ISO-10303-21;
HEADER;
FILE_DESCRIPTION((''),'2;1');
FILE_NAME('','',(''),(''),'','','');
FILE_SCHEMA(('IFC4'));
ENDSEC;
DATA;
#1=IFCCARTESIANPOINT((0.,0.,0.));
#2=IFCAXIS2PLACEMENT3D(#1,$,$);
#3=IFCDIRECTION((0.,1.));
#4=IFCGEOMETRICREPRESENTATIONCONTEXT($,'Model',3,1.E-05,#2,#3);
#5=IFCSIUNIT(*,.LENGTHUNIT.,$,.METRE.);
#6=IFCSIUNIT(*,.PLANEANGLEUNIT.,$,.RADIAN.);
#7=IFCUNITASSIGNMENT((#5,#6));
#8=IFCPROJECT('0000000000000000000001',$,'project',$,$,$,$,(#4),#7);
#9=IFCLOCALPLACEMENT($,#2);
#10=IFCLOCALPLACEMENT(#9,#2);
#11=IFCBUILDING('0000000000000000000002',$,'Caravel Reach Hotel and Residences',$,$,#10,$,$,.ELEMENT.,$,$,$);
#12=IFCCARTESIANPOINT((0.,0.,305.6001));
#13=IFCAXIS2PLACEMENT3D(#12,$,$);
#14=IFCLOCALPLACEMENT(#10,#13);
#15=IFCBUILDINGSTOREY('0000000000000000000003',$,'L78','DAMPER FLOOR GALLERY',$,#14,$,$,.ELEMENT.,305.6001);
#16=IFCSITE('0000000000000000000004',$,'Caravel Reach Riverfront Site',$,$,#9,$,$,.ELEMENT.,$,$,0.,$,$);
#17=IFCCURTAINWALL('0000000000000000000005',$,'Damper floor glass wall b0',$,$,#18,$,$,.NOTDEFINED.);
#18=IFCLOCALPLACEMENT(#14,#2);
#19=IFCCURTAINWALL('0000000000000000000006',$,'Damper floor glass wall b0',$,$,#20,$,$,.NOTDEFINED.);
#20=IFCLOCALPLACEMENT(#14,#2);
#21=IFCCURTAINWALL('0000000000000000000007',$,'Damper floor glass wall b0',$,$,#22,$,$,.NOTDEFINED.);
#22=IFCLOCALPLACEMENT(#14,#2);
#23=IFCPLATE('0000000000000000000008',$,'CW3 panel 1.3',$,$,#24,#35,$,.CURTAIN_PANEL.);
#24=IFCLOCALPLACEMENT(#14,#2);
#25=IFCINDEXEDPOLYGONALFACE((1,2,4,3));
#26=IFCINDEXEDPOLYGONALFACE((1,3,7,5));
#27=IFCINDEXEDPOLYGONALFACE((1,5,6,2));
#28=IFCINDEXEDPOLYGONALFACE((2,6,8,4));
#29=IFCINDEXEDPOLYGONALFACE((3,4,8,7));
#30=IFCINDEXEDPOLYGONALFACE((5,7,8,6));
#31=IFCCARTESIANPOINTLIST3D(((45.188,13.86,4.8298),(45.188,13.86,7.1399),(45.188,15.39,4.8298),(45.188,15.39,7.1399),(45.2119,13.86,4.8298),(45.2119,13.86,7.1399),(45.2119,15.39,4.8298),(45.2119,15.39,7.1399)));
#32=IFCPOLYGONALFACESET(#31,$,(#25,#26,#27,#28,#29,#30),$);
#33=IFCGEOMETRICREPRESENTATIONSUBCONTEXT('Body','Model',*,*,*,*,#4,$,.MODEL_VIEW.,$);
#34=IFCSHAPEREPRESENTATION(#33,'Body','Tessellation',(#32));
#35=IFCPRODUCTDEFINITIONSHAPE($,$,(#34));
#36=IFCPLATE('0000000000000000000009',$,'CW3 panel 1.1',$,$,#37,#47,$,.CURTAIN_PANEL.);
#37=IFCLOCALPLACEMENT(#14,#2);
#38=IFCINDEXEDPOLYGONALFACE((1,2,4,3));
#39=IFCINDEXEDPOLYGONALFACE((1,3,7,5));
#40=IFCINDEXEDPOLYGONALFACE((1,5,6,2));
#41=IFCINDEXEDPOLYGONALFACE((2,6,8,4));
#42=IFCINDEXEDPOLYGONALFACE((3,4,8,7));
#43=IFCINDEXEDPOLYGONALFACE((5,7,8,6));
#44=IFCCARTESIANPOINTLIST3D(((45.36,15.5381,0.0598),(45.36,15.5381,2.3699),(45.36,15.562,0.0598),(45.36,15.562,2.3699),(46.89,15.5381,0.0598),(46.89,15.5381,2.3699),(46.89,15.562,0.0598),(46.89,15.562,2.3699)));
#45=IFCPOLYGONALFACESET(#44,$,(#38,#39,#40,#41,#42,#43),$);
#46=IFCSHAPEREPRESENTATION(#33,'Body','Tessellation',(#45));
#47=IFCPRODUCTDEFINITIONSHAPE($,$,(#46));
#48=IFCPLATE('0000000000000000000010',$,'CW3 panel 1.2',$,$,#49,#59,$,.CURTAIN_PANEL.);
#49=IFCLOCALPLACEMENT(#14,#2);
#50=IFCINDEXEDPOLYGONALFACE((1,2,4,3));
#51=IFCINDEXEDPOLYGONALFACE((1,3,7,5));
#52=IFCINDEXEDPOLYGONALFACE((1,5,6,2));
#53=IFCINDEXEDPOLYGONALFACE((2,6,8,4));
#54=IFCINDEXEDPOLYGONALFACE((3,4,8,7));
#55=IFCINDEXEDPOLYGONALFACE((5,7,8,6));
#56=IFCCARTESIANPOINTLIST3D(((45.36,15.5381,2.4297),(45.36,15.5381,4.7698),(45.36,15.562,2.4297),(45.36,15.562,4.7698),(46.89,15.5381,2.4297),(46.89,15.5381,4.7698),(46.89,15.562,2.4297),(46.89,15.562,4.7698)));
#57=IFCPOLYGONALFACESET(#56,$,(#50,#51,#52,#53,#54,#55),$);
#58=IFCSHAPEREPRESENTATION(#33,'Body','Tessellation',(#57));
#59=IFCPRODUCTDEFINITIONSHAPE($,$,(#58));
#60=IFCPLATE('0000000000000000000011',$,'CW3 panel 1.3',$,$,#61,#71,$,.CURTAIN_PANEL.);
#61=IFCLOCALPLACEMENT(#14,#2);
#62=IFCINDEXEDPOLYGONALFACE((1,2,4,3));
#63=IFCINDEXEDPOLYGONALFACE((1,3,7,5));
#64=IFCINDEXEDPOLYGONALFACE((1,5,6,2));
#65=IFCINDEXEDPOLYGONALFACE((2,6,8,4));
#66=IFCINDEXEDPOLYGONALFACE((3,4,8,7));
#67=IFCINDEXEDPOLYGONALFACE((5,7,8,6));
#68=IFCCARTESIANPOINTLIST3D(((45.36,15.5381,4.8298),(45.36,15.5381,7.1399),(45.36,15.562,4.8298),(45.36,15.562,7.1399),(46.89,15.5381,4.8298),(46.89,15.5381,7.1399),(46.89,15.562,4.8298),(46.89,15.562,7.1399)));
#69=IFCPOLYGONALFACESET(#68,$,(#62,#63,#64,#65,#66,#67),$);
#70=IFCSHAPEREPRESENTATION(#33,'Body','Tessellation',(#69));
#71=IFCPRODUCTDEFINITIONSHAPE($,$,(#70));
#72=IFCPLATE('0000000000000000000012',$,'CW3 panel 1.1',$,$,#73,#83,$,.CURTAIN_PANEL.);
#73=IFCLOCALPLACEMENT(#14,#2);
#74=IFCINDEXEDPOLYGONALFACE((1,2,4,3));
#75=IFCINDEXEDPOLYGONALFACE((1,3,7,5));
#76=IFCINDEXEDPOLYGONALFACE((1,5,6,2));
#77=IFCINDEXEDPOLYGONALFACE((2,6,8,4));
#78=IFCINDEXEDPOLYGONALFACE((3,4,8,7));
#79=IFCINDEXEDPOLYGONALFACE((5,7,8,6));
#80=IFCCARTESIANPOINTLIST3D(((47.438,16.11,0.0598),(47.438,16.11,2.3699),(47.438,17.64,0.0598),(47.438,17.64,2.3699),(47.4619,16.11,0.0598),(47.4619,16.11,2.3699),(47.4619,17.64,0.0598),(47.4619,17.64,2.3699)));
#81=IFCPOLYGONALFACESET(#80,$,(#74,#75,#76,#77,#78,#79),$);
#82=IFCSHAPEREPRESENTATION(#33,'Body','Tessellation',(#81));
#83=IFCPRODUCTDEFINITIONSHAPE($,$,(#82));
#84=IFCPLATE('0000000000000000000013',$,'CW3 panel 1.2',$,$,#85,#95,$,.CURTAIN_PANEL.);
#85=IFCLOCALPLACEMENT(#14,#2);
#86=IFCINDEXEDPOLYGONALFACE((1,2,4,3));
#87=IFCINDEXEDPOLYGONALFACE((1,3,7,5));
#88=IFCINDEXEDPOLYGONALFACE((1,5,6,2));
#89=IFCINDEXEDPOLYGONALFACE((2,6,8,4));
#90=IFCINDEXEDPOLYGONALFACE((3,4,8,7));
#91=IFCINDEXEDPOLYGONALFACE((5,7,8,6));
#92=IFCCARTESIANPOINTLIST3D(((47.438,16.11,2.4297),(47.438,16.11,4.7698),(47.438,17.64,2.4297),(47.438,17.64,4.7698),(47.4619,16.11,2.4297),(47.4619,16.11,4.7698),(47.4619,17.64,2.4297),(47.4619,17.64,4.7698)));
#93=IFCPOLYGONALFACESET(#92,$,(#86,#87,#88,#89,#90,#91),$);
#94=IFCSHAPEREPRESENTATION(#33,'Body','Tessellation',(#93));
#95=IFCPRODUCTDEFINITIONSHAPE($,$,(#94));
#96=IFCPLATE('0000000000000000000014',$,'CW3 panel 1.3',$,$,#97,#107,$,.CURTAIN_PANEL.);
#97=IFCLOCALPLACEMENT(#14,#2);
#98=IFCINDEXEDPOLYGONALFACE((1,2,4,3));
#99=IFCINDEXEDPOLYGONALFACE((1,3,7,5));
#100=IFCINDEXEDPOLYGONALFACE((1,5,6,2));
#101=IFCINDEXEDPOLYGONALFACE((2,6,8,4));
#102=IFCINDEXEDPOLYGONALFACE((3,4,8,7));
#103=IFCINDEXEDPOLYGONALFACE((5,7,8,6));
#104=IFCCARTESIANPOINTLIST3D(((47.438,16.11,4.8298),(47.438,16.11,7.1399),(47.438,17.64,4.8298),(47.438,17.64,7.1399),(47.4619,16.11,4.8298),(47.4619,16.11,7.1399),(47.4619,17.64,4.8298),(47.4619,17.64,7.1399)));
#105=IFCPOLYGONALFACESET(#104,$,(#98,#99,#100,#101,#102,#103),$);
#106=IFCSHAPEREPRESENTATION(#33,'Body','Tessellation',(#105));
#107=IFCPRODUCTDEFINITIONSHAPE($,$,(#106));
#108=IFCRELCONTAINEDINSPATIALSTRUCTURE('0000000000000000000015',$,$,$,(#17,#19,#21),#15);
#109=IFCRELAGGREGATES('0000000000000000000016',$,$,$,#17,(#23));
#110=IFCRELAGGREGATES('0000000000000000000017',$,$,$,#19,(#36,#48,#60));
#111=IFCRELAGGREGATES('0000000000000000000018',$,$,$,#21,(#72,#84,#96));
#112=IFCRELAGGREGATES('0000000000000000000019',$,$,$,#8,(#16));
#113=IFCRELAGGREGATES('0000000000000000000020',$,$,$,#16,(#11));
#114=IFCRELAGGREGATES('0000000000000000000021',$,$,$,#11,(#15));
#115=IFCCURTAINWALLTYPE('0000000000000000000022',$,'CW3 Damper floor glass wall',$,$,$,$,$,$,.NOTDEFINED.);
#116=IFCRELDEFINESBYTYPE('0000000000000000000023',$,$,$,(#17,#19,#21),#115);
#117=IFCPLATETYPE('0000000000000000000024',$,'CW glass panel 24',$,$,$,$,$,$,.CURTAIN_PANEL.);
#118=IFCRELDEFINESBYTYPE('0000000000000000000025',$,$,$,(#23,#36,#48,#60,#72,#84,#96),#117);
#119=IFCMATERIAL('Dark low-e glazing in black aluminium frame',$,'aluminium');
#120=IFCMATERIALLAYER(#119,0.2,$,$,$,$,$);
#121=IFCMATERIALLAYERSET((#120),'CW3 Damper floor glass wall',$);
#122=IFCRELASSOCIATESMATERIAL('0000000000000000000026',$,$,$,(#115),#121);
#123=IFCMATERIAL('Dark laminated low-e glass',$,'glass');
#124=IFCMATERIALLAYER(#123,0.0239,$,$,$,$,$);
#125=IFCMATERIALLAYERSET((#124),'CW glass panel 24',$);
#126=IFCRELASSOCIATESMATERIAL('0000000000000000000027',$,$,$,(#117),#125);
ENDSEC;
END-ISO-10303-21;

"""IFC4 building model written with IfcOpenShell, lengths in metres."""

from ifc_helpers import new_model, si_unit, direction, frame, origin, origin_2d, place, context, subcontext, project, spatial, rectangle, extrude, material, layer, layer_set, type_object, element, aggregate, save


model = new_model("IFC4")

# Units and contexts
model_context = context("Model", 3, precision=1e-05, world=origin(), true_north=direction((0.0, 1.0)))
body_context = subcontext(model_context, "Body", "Model", "MODEL_VIEW")
ifc_project = project(units=[si_unit("LENGTHUNIT", "METRE"), si_unit("PLANEANGLEUNIT", "RADIAN")], contexts=[model_context])

# Site, building, storey
site_placement = place(None, origin())
site = spatial("IfcSite", under=ifc_project, at=site_placement, Name="Caravel Reach Riverfront Site", CompositionType="ELEMENT", RefElevation=0.0)
building_placement = place(site_placement, origin())
building = spatial("IfcBuilding", under=site, at=building_placement, Name="Caravel Reach Hotel and Residences", CompositionType="ELEMENT")
storey_placement = place(building_placement, frame((0.0, 0.0, 305.6001)))
storey = spatial("IfcBuildingStorey", under=building, at=storey_placement, Name="L78", Description="DAMPER FLOOR GALLERY", CompositionType="ELEMENT", Elevation=305.6001)

# Curtain wall
ifc_material_1 = material(Name="Dark low-e glazing in black aluminium frame", Category="aluminium")
ifc_layer_1 = layer(ifc_material_1, 0.2)
ifc_layer_set_1 = layer_set([ifc_layer_1], Name="CW3 Damper floor glass wall")
curtain_wall_type = type_object("IfcCurtainWallType", Name="CW3 Damper floor glass wall", PredefinedType="NOTDEFINED", material=ifc_layer_set_1)
curtain_wall_1_placement = place(storey_placement, origin())
curtain_wall_1 = element("IfcCurtainWall", 1, at=curtain_wall_1_placement, inside=storey, type_object=curtain_wall_type, Name="Damper floor glass wall b0", PredefinedType="NOTDEFINED")

# Curtain walls
curtain_wall_2_placement = place(storey_placement, origin())
curtain_wall_2 = element("IfcCurtainWall", 2, at=curtain_wall_2_placement, inside=storey, type_object=curtain_wall_type, Name="Damper floor glass wall b0", PredefinedType="NOTDEFINED")
curtain_wall_3_placement = place(storey_placement, origin())
curtain_wall_3 = element("IfcCurtainWall", 3, at=curtain_wall_3_placement, inside=storey, type_object=curtain_wall_type, Name="Damper floor glass wall b0", PredefinedType="NOTDEFINED")

# Plates
ifc_material_2 = material(Name="Dark laminated low-e glass", Category="glass")
ifc_layer_2 = layer(ifc_material_2, 0.0239)
ifc_layer_set_2 = layer_set([ifc_layer_2], Name="CW glass panel 24")
plate_type = type_object("IfcPlateType", Name="CW glass panel 24", PredefinedType="CURTAIN_PANEL", material=ifc_layer_set_2)
plate_1_placement = place(storey_placement, frame((45.2, 14.625, 4.8298), z_axis=(0.0, 0.0, 1.0), x_axis=(0.0, 1.0, 0.0)))
plate_1 = element("IfcPlate", 4, at=plate_1_placement, type_object=plate_type, Name="CW3 panel 1.3", PredefinedType="CURTAIN_PANEL", context=body_context, shape_type="SweptSolid", body=[
    extrude(rectangle(XDim=1.53, YDim=0.0239, at=origin_2d()), origin(), (0.0, 0.0, 1.0), 2.3101),
])
aggregate(curtain_wall_1, [plate_1])
plate_2_placement = place(storey_placement, frame((46.125, 15.55, 0.0598), z_axis=(0.0, 0.0, 1.0), x_axis=(1.0, 0.0, 0.0)))
plate_2 = element("IfcPlate", 5, at=plate_2_placement, type_object=plate_type, Name="CW3 panel 1.1", PredefinedType="CURTAIN_PANEL", context=body_context, shape_type="SweptSolid", body=[
    extrude(rectangle(XDim=1.53, YDim=0.0239, at=origin_2d()), origin(), (0.0, 0.0, 1.0), 2.3101),
])
plate_3_placement = place(storey_placement, frame((46.125, 15.55, 2.4297), z_axis=(0.0, 0.0, 1.0), x_axis=(1.0, 0.0, 0.0)))
plate_3 = element("IfcPlate", 6, at=plate_3_placement, type_object=plate_type, Name="CW3 panel 1.2", PredefinedType="CURTAIN_PANEL", context=body_context, shape_type="SweptSolid", body=[
    extrude(rectangle(XDim=1.53, YDim=0.0239, at=origin_2d()), origin(), (0.0, 0.0, 1.0), 2.3401),
])
plate_4_placement = place(storey_placement, frame((46.125, 15.55, 4.8298), z_axis=(0.0, 0.0, 1.0), x_axis=(1.0, 0.0, 0.0)))
plate_4 = element("IfcPlate", 7, at=plate_4_placement, type_object=plate_type, Name="CW3 panel 1.3", PredefinedType="CURTAIN_PANEL", context=body_context, shape_type="SweptSolid", body=[
    extrude(rectangle(XDim=1.53, YDim=0.0239, at=origin_2d()), origin(), (0.0, 0.0, 1.0), 2.3101),
])
aggregate(curtain_wall_2, [plate_2, plate_3, plate_4])
plate_5_placement = place(storey_placement, frame((47.45, 16.875, 0.0598), z_axis=(0.0, 0.0, 1.0), x_axis=(0.0, 1.0, 0.0)))
plate_5 = element("IfcPlate", 8, at=plate_5_placement, type_object=plate_type, Name="CW3 panel 1.1", PredefinedType="CURTAIN_PANEL", context=body_context, shape_type="SweptSolid", body=[
    extrude(rectangle(XDim=1.53, YDim=0.0239, at=origin_2d()), origin(), (0.0, 0.0, 1.0), 2.3101),
])
plate_6_placement = place(storey_placement, frame((47.45, 16.875, 2.4297), z_axis=(0.0, 0.0, 1.0), x_axis=(0.0, 1.0, 0.0)))
plate_6 = element("IfcPlate", 9, at=plate_6_placement, type_object=plate_type, Name="CW3 panel 1.2", PredefinedType="CURTAIN_PANEL", context=body_context, shape_type="SweptSolid", body=[
    extrude(rectangle(XDim=1.53, YDim=0.0239, at=origin_2d()), origin(), (0.0, 0.0, 1.0), 2.3401),
])
plate_7_placement = place(storey_placement, frame((47.45, 16.875, 4.8298), z_axis=(0.0, 0.0, 1.0), x_axis=(0.0, 1.0, 0.0)))
plate_7 = element("IfcPlate", 10, at=plate_7_placement, type_object=plate_type, Name="CW3 panel 1.3", PredefinedType="CURTAIN_PANEL", context=body_context, shape_type="SweptSolid", body=[
    extrude(rectangle(XDim=1.53, YDim=0.0239, at=origin_2d()), origin(), (0.0, 0.0, 1.0), 2.3101),
])
aggregate(curtain_wall_3, [plate_5, plate_6, plate_7])

save(model, "model.ifc")
